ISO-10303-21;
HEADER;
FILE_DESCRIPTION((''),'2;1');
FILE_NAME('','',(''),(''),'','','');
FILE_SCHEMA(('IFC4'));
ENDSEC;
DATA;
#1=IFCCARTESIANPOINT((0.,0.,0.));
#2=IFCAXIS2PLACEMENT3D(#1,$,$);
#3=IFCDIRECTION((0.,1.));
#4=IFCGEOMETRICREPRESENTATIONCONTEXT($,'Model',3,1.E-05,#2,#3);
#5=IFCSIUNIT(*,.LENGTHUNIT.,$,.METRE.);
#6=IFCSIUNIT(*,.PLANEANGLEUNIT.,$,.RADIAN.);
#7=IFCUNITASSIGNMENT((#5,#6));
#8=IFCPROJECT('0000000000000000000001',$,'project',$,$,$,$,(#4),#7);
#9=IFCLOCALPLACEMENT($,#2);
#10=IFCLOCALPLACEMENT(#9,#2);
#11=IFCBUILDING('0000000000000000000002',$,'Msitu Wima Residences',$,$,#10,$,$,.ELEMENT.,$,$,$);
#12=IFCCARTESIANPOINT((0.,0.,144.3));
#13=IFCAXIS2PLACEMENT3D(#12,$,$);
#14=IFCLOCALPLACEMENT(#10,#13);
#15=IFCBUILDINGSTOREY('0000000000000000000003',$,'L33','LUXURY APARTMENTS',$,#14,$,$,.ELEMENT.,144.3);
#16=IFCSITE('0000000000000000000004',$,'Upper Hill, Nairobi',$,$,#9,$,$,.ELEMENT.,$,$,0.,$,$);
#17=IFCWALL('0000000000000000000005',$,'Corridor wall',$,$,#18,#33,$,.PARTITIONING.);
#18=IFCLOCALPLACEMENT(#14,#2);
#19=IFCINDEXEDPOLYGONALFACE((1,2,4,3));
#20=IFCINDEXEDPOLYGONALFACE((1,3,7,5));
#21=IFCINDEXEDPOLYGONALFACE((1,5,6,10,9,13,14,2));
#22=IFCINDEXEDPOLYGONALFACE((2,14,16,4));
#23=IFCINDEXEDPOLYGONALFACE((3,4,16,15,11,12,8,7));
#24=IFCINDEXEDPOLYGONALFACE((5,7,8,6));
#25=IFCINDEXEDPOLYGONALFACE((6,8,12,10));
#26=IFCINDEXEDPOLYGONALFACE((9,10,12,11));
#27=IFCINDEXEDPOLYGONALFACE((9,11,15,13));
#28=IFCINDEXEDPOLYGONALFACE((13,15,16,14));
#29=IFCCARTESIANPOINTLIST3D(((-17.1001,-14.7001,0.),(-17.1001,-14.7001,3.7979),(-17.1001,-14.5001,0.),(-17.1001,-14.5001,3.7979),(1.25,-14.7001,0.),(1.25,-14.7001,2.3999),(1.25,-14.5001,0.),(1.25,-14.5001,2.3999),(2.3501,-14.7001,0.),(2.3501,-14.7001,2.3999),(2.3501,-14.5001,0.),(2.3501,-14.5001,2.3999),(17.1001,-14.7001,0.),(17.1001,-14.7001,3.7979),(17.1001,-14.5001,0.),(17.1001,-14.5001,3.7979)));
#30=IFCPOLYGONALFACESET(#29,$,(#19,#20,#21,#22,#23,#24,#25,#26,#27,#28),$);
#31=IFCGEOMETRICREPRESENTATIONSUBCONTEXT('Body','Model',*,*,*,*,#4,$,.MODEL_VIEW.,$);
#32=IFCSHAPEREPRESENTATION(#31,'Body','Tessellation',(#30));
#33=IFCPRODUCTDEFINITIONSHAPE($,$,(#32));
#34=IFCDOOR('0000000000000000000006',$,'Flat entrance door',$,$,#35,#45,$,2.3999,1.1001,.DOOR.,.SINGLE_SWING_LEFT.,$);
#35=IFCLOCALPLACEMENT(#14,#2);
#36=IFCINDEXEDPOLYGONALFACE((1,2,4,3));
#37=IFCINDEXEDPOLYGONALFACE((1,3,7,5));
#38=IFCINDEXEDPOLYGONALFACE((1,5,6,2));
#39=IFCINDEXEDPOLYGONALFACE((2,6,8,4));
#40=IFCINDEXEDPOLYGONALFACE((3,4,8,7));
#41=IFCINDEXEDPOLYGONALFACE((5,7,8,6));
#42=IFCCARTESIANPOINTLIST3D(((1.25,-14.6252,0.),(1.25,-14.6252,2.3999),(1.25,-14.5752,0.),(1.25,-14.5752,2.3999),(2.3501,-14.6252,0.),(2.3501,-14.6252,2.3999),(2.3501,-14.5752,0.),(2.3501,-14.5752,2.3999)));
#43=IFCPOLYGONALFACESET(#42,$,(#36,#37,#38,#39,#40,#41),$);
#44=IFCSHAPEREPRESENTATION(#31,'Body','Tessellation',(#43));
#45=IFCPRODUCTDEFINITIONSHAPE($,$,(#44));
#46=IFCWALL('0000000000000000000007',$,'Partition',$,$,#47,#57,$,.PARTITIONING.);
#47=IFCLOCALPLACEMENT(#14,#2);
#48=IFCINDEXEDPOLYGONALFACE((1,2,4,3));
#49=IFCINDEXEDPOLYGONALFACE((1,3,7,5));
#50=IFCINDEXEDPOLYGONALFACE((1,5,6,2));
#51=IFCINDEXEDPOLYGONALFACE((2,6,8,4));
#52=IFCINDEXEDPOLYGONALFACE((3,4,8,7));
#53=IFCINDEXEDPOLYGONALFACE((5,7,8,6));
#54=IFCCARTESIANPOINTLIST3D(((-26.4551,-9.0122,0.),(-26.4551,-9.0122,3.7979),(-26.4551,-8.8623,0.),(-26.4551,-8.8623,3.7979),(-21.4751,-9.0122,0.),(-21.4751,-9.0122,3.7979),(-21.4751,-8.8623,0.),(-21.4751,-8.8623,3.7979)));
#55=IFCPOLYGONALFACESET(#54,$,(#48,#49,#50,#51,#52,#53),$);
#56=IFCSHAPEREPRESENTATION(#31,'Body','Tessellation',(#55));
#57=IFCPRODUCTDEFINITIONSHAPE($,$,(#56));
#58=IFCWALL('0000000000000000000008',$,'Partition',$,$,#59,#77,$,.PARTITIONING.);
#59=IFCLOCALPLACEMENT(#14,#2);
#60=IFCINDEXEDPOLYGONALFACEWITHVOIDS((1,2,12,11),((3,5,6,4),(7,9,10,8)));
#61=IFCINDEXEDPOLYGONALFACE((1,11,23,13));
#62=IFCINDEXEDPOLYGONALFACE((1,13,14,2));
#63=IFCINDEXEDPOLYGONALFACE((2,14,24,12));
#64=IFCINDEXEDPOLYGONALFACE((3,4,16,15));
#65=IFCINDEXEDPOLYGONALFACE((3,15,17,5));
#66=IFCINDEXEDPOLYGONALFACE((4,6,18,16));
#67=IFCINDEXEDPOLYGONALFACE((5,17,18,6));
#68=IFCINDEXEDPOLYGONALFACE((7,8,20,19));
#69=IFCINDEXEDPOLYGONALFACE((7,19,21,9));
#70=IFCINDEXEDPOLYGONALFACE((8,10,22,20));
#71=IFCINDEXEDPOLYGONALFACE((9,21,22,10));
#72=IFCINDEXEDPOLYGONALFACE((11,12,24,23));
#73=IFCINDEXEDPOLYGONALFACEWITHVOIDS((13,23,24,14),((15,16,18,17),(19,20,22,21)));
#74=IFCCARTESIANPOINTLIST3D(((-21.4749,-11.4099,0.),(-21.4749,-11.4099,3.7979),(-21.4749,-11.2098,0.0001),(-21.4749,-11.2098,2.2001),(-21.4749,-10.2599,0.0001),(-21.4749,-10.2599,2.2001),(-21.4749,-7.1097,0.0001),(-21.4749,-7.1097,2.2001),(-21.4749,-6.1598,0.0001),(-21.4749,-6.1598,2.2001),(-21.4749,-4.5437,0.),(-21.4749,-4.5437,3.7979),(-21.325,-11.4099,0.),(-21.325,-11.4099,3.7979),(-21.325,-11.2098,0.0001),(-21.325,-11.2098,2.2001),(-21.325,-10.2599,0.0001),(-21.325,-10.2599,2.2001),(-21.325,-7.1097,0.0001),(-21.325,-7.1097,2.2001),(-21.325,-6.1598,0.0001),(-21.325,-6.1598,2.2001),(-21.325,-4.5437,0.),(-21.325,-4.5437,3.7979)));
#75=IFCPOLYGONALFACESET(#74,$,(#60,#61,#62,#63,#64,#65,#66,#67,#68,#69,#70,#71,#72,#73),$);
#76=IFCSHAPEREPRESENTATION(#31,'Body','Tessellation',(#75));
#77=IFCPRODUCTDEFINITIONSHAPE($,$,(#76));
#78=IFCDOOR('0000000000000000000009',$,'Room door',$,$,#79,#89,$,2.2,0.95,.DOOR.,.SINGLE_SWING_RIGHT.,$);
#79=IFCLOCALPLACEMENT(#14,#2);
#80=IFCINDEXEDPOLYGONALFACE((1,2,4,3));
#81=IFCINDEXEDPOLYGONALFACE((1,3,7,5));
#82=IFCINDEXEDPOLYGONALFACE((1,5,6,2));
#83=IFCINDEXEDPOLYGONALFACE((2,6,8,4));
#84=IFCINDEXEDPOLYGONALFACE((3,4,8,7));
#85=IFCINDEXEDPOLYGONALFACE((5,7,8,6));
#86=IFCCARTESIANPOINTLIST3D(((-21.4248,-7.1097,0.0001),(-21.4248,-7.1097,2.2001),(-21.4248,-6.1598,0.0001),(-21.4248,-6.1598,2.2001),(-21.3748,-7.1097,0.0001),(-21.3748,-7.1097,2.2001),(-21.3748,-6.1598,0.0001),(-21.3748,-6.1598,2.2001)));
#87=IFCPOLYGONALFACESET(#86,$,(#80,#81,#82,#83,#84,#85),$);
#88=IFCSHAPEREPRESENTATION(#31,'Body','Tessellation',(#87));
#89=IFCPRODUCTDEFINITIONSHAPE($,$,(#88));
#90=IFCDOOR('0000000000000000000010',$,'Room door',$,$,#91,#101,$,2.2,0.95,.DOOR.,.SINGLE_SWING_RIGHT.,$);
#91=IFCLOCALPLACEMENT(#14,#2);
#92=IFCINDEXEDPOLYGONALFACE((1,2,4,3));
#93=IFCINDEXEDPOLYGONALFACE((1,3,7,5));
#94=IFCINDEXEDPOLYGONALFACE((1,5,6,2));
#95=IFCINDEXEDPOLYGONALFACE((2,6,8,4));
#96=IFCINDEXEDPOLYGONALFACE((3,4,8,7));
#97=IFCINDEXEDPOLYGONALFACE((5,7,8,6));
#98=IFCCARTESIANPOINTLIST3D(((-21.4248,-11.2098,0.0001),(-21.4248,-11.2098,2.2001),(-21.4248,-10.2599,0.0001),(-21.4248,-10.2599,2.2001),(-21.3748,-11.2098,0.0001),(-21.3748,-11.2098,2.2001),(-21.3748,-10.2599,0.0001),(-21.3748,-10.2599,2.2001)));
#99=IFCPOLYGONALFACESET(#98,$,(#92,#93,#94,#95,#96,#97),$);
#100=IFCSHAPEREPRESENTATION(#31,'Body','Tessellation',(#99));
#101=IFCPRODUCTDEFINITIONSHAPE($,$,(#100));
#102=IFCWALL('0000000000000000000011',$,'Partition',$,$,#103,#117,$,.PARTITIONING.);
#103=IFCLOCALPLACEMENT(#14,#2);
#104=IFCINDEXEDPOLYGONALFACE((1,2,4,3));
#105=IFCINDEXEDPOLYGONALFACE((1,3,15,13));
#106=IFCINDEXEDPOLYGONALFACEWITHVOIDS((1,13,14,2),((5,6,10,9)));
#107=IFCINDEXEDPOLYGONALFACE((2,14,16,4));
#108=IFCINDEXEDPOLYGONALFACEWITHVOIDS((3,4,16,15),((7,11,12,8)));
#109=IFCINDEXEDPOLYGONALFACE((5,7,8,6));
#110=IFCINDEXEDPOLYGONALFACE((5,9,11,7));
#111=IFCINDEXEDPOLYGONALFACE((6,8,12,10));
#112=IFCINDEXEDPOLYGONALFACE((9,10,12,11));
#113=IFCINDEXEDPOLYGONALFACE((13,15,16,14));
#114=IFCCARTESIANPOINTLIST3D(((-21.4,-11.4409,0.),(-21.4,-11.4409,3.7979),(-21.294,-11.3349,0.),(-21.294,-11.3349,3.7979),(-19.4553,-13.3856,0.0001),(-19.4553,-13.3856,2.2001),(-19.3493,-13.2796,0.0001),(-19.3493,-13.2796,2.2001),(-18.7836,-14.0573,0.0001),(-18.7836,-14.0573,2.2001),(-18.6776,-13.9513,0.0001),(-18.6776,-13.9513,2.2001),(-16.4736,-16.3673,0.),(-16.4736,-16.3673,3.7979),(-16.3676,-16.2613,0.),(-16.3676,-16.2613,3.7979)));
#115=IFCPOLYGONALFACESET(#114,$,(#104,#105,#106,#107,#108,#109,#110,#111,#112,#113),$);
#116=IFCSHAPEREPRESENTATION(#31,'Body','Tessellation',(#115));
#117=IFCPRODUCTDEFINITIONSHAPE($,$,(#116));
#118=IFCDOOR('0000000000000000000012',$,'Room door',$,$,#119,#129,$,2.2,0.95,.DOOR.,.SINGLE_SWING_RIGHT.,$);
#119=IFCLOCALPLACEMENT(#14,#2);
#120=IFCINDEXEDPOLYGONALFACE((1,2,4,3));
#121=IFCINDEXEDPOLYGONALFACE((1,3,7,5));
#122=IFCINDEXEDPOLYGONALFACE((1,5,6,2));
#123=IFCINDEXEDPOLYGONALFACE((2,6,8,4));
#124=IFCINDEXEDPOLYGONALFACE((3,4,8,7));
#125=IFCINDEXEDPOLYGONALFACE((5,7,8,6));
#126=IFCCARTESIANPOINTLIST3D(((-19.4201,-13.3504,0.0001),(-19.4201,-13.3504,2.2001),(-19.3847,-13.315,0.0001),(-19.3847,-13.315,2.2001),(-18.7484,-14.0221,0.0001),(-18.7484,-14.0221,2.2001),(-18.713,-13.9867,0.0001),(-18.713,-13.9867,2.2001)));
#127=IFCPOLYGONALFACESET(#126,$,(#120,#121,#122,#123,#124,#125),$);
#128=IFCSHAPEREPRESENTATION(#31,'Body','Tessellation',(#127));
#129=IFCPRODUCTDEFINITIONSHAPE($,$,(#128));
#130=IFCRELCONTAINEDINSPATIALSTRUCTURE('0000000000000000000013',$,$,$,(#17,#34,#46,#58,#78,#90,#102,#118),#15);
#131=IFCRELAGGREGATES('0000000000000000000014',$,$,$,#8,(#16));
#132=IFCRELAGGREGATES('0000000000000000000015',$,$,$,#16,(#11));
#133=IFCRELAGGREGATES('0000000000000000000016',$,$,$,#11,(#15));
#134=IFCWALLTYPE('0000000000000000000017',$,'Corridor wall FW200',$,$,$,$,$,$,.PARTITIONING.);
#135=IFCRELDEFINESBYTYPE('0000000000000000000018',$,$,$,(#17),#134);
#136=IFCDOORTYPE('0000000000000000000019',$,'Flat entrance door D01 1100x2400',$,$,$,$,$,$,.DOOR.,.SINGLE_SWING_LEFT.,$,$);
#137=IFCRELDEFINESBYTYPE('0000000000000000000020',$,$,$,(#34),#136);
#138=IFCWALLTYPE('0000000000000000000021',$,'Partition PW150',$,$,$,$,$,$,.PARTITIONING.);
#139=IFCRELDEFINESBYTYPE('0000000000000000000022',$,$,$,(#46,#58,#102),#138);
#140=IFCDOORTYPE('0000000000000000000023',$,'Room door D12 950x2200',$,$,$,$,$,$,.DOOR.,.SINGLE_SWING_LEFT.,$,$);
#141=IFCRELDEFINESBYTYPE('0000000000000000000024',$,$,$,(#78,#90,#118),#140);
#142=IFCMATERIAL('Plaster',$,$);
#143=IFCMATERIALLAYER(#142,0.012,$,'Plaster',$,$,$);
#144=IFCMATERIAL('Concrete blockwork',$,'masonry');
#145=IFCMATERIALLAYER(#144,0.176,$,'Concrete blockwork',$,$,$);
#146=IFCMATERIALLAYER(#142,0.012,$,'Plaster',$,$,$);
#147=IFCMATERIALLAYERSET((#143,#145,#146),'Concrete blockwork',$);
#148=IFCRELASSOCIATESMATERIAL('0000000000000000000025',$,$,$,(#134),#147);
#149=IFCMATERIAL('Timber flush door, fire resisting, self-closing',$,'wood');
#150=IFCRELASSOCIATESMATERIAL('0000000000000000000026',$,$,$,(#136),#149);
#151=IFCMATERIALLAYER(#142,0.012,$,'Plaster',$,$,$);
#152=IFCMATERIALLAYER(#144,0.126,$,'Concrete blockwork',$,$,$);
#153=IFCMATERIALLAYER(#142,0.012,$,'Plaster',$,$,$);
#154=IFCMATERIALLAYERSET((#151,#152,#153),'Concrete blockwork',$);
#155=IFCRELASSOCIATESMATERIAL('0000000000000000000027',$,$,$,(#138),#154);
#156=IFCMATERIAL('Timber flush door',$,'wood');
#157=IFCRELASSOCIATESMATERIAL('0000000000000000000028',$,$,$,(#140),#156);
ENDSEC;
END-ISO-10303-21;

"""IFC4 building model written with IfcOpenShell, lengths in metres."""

from ifc_helpers import new_model, si_unit, direction, frame, frame_2d, origin, place, context, subcontext, project, spatial, rectangle, extrude, material, layer, layer_set, type_object, element, fill, save


model = new_model("IFC4")

# Units and contexts
model_context = context("Model", 3, precision=1e-05, world=origin(), true_north=direction((0.0, 1.0)))
body_context = subcontext(model_context, "Body", "Model", "MODEL_VIEW")
ifc_project = project(units=[si_unit("LENGTHUNIT", "METRE"), si_unit("PLANEANGLEUNIT", "RADIAN")], contexts=[model_context])

# Site, building, storey
site_placement = place(None, origin())
site = spatial("IfcSite", under=ifc_project, at=site_placement, Name="Upper Hill, Nairobi", CompositionType="ELEMENT", RefElevation=0.0)
building_placement = place(site_placement, origin())
building = spatial("IfcBuilding", under=site, at=building_placement, Name="Msitu Wima Residences", CompositionType="ELEMENT")
storey_placement = place(building_placement, frame((0.0, 0.0, 144.3)))
storey = spatial("IfcBuildingStorey", under=building, at=storey_placement, Name="L33", Description="LUXURY APARTMENTS", CompositionType="ELEMENT", Elevation=144.3)

# Wall, opening, door
ifc_material_1 = material(Name="Plaster")
ifc_layer_1 = layer(ifc_material_1, 0.012, Name="Plaster")
ifc_material_2 = material(Name="Concrete blockwork", Category="masonry")
ifc_layer_2 = layer(ifc_material_2, 0.176, Name="Concrete blockwork")
ifc_layer_3 = layer(ifc_material_1, 0.012, Name="Plaster")
ifc_layer_set_1 = layer_set([ifc_layer_1, ifc_layer_2, ifc_layer_3], Name="Concrete blockwork")
wall_type_1 = type_object("IfcWallType", Name="Corridor wall FW200", PredefinedType="PARTITIONING", material=ifc_layer_set_1)
ifc_material_3 = material(Name="Timber flush door, fire resisting, self-closing", Category="wood")
door_type_1 = type_object("IfcDoorType", Name="Flat entrance door D01 1100x2400", OperationType="SINGLE_SWING_LEFT", PredefinedType="DOOR", material=ifc_material_3)
wall_1_placement = place(storey_placement, frame((-17.1001, -14.6001, 0.0), z_axis=(0.0, 0.0, 1.0), x_axis=(1.0, 0.0, 0.0)))
wall_1 = element("IfcWall", 1, at=wall_1_placement, inside=storey, type_object=wall_type_1, Name="Corridor wall", PredefinedType="PARTITIONING", context=body_context, shape_type="SweptSolid", body=[
    extrude(rectangle(XDim=34.2002, YDim=0.2, at=frame_2d((17.1001, 0.0))), origin(), (0.0, 0.0, 1.0), 3.7979),
])
opening_1_placement = place(wall_1_placement, frame((18.3501, 0.0, 0.0)))
opening_1 = element("IfcOpeningElement", 2, at=opening_1_placement, cuts=wall_1, PredefinedType="OPENING", context=body_context, shape_type="SweptSolid", body=[
    extrude(rectangle(XDim=1.1001, YDim=2.3999, at=frame_2d((0.55, 1.2))), frame((0.0, 0.1099, 0.0), z_axis=(0.0, -1.0, 0.0), x_axis=(1.0, 0.0, 0.0)), (0.0, 0.0, 1.0), 0.22),
])
door_1_placement = place(opening_1_placement, origin())
door_1 = element("IfcDoor", 3, at=door_1_placement, inside=storey, type_object=door_type_1, Name="Flat entrance door", OperationType="SINGLE_SWING_LEFT", OverallHeight=2.3999, OverallWidth=1.1001, PredefinedType="DOOR", context=body_context, shape_type="SweptSolid", body=[
    extrude(rectangle(XDim=1.1001, YDim=2.3999, at=frame_2d((0.55, 1.2))), frame((0.0, 0.0249, 0.0), z_axis=(0.0, -1.0, 0.0), x_axis=(1.0, 0.0, 0.0)), (0.0, 0.0, 1.0), 0.05),
])
fill(opening_1, door_1)

# Wall
ifc_layer_4 = layer(ifc_material_1, 0.012, Name="Plaster")
ifc_layer_5 = layer(ifc_material_2, 0.126, Name="Concrete blockwork")
ifc_layer_6 = layer(ifc_material_1, 0.012, Name="Plaster")
ifc_layer_set_2 = layer_set([ifc_layer_4, ifc_layer_5, ifc_layer_6], Name="Concrete blockwork")
wall_type_2 = type_object("IfcWallType", Name="Partition PW150", PredefinedType="PARTITIONING", material=ifc_layer_set_2)
wall_2_placement = place(storey_placement, frame((-26.4551, -8.9373, 0.0), z_axis=(0.0, 0.0, 1.0), x_axis=(1.0, 0.0, 0.0)))
element("IfcWall", 4, at=wall_2_placement, inside=storey, type_object=wall_type_2, Name="Partition", PredefinedType="PARTITIONING", context=body_context, shape_type="SweptSolid", body=[
    extrude(rectangle(XDim=4.98, YDim=0.1499, at=frame_2d((2.49, 0.0))), origin(), (0.0, 0.0, 1.0), 3.7979),
])

# Wall, openings, doors
wall_3_placement = place(storey_placement, frame((-21.3999, -11.4099, 0.0), z_axis=(0.0, 0.0, 1.0), x_axis=(0.0, 1.0, 0.0)))
wall_3 = element("IfcWall", 5, at=wall_3_placement, inside=storey, type_object=wall_type_2, Name="Partition", PredefinedType="PARTITIONING", context=body_context, shape_type="SweptSolid", body=[
    extrude(rectangle(XDim=6.8662, YDim=0.1499, at=frame_2d((3.4331, 0.0))), origin(), (0.0, 0.0, 1.0), 3.7979),
])
opening_2_placement = place(wall_3_placement, frame((4.3, 0.0, 0.0)))
opening_2 = element("IfcOpeningElement", 6, at=opening_2_placement, cuts=wall_3, PredefinedType="OPENING", context=body_context, shape_type="SweptSolid", body=[
    extrude(rectangle(XDim=0.95, YDim=2.2, at=frame_2d((0.4751, 1.1001))), frame((0.0, 0.085, 0.0), z_axis=(0.0, -1.0, 0.0), x_axis=(1.0, 0.0, 0.0)), (0.0, 0.0, 1.0), 0.1699),
])
opening_3_placement = place(wall_3_placement, frame((0.2, 0.0, 0.0)))
opening_3 = element("IfcOpeningElement", 7, at=opening_3_placement, cuts=wall_3, PredefinedType="OPENING", context=body_context, shape_type="SweptSolid", body=[
    extrude(rectangle(XDim=0.95, YDim=2.2, at=frame_2d((0.4751, 1.1001))), frame((0.0, 0.085, 0.0), z_axis=(0.0, -1.0, 0.0), x_axis=(1.0, 0.0, 0.0)), (0.0, 0.0, 1.0), 0.1699),
])
ifc_material_4 = material(Name="Timber flush door", Category="wood")
door_type_2 = type_object("IfcDoorType", Name="Room door D12 950x2200", OperationType="SINGLE_SWING_LEFT", PredefinedType="DOOR", material=ifc_material_4)
door_2_placement = place(opening_2_placement, origin())
door_2 = element("IfcDoor", 8, at=door_2_placement, inside=storey, type_object=door_type_2, Name="Room door", OperationType="SINGLE_SWING_RIGHT", OverallHeight=2.2, OverallWidth=0.95, PredefinedType="DOOR", context=body_context, shape_type="SweptSolid", body=[
    extrude(rectangle(XDim=0.95, YDim=2.2, at=frame_2d((0.4751, 1.1001))), frame((0.0, 0.0249, 0.0), z_axis=(0.0, -1.0, 0.0), x_axis=(1.0, 0.0, 0.0)), (0.0, 0.0, 1.0), 0.05),
])
fill(opening_2, door_2)
door_3_placement = place(opening_3_placement, origin())
door_3 = element("IfcDoor", 9, at=door_3_placement, inside=storey, type_object=door_type_2, Name="Room door", OperationType="SINGLE_SWING_RIGHT", OverallHeight=2.2, OverallWidth=0.95, PredefinedType="DOOR", context=body_context, shape_type="SweptSolid", body=[
    extrude(rectangle(XDim=0.95, YDim=2.2, at=frame_2d((0.4751, 1.1001))), frame((0.0, 0.0249, 0.0), z_axis=(0.0, -1.0, 0.0), x_axis=(1.0, 0.0, 0.0)), (0.0, 0.0, 1.0), 0.05),
])
fill(opening_3, door_3)

# Wall, opening, door
wall_4_placement = place(storey_placement, frame((-21.3469, -11.3879, 0.0), z_axis=(0.0, 0.0, 1.0), x_axis=(0.707107, -0.707107, 0.0)))
wall_4 = element("IfcWall", 10, at=wall_4_placement, inside=storey, type_object=wall_type_2, Name="Partition", PredefinedType="PARTITIONING", context=body_context, shape_type="SweptSolid", body=[
    extrude(rectangle(XDim=6.967, YDim=0.1499, at=frame_2d((3.4834, 0.0))), origin(), (0.0, 0.0, 1.0), 3.7979),
])
opening_4_placement = place(wall_4_placement, frame((2.75, 0.0, 0.0)))
opening_4 = element("IfcOpeningElement", 11, at=opening_4_placement, cuts=wall_4, PredefinedType="OPENING", context=body_context, shape_type="SweptSolid", body=[
    extrude(rectangle(XDim=0.95, YDim=2.2, at=frame_2d((0.4751, 1.1001))), frame((0.0, 0.085, 0.0), z_axis=(0.0, -1.0, 0.0), x_axis=(1.0, 0.0, 0.0)), (0.0, 0.0, 1.0), 0.1699),
])
door_4_placement = place(opening_4_placement, origin())
door_4 = element("IfcDoor", 12, at=door_4_placement, inside=storey, type_object=door_type_2, Name="Room door", OperationType="SINGLE_SWING_RIGHT", OverallHeight=2.2, OverallWidth=0.95, PredefinedType="DOOR", context=body_context, shape_type="SweptSolid", body=[
    extrude(rectangle(XDim=0.95, YDim=2.2, at=frame_2d((0.4751, 1.1001))), frame((0.0, 0.0249, 0.0), z_axis=(0.0, -1.0, 0.0), x_axis=(1.0, 0.0, 0.0)), (0.0, 0.0, 1.0), 0.05),
])
fill(opening_4, door_4)

save(model, "model.ifc")
